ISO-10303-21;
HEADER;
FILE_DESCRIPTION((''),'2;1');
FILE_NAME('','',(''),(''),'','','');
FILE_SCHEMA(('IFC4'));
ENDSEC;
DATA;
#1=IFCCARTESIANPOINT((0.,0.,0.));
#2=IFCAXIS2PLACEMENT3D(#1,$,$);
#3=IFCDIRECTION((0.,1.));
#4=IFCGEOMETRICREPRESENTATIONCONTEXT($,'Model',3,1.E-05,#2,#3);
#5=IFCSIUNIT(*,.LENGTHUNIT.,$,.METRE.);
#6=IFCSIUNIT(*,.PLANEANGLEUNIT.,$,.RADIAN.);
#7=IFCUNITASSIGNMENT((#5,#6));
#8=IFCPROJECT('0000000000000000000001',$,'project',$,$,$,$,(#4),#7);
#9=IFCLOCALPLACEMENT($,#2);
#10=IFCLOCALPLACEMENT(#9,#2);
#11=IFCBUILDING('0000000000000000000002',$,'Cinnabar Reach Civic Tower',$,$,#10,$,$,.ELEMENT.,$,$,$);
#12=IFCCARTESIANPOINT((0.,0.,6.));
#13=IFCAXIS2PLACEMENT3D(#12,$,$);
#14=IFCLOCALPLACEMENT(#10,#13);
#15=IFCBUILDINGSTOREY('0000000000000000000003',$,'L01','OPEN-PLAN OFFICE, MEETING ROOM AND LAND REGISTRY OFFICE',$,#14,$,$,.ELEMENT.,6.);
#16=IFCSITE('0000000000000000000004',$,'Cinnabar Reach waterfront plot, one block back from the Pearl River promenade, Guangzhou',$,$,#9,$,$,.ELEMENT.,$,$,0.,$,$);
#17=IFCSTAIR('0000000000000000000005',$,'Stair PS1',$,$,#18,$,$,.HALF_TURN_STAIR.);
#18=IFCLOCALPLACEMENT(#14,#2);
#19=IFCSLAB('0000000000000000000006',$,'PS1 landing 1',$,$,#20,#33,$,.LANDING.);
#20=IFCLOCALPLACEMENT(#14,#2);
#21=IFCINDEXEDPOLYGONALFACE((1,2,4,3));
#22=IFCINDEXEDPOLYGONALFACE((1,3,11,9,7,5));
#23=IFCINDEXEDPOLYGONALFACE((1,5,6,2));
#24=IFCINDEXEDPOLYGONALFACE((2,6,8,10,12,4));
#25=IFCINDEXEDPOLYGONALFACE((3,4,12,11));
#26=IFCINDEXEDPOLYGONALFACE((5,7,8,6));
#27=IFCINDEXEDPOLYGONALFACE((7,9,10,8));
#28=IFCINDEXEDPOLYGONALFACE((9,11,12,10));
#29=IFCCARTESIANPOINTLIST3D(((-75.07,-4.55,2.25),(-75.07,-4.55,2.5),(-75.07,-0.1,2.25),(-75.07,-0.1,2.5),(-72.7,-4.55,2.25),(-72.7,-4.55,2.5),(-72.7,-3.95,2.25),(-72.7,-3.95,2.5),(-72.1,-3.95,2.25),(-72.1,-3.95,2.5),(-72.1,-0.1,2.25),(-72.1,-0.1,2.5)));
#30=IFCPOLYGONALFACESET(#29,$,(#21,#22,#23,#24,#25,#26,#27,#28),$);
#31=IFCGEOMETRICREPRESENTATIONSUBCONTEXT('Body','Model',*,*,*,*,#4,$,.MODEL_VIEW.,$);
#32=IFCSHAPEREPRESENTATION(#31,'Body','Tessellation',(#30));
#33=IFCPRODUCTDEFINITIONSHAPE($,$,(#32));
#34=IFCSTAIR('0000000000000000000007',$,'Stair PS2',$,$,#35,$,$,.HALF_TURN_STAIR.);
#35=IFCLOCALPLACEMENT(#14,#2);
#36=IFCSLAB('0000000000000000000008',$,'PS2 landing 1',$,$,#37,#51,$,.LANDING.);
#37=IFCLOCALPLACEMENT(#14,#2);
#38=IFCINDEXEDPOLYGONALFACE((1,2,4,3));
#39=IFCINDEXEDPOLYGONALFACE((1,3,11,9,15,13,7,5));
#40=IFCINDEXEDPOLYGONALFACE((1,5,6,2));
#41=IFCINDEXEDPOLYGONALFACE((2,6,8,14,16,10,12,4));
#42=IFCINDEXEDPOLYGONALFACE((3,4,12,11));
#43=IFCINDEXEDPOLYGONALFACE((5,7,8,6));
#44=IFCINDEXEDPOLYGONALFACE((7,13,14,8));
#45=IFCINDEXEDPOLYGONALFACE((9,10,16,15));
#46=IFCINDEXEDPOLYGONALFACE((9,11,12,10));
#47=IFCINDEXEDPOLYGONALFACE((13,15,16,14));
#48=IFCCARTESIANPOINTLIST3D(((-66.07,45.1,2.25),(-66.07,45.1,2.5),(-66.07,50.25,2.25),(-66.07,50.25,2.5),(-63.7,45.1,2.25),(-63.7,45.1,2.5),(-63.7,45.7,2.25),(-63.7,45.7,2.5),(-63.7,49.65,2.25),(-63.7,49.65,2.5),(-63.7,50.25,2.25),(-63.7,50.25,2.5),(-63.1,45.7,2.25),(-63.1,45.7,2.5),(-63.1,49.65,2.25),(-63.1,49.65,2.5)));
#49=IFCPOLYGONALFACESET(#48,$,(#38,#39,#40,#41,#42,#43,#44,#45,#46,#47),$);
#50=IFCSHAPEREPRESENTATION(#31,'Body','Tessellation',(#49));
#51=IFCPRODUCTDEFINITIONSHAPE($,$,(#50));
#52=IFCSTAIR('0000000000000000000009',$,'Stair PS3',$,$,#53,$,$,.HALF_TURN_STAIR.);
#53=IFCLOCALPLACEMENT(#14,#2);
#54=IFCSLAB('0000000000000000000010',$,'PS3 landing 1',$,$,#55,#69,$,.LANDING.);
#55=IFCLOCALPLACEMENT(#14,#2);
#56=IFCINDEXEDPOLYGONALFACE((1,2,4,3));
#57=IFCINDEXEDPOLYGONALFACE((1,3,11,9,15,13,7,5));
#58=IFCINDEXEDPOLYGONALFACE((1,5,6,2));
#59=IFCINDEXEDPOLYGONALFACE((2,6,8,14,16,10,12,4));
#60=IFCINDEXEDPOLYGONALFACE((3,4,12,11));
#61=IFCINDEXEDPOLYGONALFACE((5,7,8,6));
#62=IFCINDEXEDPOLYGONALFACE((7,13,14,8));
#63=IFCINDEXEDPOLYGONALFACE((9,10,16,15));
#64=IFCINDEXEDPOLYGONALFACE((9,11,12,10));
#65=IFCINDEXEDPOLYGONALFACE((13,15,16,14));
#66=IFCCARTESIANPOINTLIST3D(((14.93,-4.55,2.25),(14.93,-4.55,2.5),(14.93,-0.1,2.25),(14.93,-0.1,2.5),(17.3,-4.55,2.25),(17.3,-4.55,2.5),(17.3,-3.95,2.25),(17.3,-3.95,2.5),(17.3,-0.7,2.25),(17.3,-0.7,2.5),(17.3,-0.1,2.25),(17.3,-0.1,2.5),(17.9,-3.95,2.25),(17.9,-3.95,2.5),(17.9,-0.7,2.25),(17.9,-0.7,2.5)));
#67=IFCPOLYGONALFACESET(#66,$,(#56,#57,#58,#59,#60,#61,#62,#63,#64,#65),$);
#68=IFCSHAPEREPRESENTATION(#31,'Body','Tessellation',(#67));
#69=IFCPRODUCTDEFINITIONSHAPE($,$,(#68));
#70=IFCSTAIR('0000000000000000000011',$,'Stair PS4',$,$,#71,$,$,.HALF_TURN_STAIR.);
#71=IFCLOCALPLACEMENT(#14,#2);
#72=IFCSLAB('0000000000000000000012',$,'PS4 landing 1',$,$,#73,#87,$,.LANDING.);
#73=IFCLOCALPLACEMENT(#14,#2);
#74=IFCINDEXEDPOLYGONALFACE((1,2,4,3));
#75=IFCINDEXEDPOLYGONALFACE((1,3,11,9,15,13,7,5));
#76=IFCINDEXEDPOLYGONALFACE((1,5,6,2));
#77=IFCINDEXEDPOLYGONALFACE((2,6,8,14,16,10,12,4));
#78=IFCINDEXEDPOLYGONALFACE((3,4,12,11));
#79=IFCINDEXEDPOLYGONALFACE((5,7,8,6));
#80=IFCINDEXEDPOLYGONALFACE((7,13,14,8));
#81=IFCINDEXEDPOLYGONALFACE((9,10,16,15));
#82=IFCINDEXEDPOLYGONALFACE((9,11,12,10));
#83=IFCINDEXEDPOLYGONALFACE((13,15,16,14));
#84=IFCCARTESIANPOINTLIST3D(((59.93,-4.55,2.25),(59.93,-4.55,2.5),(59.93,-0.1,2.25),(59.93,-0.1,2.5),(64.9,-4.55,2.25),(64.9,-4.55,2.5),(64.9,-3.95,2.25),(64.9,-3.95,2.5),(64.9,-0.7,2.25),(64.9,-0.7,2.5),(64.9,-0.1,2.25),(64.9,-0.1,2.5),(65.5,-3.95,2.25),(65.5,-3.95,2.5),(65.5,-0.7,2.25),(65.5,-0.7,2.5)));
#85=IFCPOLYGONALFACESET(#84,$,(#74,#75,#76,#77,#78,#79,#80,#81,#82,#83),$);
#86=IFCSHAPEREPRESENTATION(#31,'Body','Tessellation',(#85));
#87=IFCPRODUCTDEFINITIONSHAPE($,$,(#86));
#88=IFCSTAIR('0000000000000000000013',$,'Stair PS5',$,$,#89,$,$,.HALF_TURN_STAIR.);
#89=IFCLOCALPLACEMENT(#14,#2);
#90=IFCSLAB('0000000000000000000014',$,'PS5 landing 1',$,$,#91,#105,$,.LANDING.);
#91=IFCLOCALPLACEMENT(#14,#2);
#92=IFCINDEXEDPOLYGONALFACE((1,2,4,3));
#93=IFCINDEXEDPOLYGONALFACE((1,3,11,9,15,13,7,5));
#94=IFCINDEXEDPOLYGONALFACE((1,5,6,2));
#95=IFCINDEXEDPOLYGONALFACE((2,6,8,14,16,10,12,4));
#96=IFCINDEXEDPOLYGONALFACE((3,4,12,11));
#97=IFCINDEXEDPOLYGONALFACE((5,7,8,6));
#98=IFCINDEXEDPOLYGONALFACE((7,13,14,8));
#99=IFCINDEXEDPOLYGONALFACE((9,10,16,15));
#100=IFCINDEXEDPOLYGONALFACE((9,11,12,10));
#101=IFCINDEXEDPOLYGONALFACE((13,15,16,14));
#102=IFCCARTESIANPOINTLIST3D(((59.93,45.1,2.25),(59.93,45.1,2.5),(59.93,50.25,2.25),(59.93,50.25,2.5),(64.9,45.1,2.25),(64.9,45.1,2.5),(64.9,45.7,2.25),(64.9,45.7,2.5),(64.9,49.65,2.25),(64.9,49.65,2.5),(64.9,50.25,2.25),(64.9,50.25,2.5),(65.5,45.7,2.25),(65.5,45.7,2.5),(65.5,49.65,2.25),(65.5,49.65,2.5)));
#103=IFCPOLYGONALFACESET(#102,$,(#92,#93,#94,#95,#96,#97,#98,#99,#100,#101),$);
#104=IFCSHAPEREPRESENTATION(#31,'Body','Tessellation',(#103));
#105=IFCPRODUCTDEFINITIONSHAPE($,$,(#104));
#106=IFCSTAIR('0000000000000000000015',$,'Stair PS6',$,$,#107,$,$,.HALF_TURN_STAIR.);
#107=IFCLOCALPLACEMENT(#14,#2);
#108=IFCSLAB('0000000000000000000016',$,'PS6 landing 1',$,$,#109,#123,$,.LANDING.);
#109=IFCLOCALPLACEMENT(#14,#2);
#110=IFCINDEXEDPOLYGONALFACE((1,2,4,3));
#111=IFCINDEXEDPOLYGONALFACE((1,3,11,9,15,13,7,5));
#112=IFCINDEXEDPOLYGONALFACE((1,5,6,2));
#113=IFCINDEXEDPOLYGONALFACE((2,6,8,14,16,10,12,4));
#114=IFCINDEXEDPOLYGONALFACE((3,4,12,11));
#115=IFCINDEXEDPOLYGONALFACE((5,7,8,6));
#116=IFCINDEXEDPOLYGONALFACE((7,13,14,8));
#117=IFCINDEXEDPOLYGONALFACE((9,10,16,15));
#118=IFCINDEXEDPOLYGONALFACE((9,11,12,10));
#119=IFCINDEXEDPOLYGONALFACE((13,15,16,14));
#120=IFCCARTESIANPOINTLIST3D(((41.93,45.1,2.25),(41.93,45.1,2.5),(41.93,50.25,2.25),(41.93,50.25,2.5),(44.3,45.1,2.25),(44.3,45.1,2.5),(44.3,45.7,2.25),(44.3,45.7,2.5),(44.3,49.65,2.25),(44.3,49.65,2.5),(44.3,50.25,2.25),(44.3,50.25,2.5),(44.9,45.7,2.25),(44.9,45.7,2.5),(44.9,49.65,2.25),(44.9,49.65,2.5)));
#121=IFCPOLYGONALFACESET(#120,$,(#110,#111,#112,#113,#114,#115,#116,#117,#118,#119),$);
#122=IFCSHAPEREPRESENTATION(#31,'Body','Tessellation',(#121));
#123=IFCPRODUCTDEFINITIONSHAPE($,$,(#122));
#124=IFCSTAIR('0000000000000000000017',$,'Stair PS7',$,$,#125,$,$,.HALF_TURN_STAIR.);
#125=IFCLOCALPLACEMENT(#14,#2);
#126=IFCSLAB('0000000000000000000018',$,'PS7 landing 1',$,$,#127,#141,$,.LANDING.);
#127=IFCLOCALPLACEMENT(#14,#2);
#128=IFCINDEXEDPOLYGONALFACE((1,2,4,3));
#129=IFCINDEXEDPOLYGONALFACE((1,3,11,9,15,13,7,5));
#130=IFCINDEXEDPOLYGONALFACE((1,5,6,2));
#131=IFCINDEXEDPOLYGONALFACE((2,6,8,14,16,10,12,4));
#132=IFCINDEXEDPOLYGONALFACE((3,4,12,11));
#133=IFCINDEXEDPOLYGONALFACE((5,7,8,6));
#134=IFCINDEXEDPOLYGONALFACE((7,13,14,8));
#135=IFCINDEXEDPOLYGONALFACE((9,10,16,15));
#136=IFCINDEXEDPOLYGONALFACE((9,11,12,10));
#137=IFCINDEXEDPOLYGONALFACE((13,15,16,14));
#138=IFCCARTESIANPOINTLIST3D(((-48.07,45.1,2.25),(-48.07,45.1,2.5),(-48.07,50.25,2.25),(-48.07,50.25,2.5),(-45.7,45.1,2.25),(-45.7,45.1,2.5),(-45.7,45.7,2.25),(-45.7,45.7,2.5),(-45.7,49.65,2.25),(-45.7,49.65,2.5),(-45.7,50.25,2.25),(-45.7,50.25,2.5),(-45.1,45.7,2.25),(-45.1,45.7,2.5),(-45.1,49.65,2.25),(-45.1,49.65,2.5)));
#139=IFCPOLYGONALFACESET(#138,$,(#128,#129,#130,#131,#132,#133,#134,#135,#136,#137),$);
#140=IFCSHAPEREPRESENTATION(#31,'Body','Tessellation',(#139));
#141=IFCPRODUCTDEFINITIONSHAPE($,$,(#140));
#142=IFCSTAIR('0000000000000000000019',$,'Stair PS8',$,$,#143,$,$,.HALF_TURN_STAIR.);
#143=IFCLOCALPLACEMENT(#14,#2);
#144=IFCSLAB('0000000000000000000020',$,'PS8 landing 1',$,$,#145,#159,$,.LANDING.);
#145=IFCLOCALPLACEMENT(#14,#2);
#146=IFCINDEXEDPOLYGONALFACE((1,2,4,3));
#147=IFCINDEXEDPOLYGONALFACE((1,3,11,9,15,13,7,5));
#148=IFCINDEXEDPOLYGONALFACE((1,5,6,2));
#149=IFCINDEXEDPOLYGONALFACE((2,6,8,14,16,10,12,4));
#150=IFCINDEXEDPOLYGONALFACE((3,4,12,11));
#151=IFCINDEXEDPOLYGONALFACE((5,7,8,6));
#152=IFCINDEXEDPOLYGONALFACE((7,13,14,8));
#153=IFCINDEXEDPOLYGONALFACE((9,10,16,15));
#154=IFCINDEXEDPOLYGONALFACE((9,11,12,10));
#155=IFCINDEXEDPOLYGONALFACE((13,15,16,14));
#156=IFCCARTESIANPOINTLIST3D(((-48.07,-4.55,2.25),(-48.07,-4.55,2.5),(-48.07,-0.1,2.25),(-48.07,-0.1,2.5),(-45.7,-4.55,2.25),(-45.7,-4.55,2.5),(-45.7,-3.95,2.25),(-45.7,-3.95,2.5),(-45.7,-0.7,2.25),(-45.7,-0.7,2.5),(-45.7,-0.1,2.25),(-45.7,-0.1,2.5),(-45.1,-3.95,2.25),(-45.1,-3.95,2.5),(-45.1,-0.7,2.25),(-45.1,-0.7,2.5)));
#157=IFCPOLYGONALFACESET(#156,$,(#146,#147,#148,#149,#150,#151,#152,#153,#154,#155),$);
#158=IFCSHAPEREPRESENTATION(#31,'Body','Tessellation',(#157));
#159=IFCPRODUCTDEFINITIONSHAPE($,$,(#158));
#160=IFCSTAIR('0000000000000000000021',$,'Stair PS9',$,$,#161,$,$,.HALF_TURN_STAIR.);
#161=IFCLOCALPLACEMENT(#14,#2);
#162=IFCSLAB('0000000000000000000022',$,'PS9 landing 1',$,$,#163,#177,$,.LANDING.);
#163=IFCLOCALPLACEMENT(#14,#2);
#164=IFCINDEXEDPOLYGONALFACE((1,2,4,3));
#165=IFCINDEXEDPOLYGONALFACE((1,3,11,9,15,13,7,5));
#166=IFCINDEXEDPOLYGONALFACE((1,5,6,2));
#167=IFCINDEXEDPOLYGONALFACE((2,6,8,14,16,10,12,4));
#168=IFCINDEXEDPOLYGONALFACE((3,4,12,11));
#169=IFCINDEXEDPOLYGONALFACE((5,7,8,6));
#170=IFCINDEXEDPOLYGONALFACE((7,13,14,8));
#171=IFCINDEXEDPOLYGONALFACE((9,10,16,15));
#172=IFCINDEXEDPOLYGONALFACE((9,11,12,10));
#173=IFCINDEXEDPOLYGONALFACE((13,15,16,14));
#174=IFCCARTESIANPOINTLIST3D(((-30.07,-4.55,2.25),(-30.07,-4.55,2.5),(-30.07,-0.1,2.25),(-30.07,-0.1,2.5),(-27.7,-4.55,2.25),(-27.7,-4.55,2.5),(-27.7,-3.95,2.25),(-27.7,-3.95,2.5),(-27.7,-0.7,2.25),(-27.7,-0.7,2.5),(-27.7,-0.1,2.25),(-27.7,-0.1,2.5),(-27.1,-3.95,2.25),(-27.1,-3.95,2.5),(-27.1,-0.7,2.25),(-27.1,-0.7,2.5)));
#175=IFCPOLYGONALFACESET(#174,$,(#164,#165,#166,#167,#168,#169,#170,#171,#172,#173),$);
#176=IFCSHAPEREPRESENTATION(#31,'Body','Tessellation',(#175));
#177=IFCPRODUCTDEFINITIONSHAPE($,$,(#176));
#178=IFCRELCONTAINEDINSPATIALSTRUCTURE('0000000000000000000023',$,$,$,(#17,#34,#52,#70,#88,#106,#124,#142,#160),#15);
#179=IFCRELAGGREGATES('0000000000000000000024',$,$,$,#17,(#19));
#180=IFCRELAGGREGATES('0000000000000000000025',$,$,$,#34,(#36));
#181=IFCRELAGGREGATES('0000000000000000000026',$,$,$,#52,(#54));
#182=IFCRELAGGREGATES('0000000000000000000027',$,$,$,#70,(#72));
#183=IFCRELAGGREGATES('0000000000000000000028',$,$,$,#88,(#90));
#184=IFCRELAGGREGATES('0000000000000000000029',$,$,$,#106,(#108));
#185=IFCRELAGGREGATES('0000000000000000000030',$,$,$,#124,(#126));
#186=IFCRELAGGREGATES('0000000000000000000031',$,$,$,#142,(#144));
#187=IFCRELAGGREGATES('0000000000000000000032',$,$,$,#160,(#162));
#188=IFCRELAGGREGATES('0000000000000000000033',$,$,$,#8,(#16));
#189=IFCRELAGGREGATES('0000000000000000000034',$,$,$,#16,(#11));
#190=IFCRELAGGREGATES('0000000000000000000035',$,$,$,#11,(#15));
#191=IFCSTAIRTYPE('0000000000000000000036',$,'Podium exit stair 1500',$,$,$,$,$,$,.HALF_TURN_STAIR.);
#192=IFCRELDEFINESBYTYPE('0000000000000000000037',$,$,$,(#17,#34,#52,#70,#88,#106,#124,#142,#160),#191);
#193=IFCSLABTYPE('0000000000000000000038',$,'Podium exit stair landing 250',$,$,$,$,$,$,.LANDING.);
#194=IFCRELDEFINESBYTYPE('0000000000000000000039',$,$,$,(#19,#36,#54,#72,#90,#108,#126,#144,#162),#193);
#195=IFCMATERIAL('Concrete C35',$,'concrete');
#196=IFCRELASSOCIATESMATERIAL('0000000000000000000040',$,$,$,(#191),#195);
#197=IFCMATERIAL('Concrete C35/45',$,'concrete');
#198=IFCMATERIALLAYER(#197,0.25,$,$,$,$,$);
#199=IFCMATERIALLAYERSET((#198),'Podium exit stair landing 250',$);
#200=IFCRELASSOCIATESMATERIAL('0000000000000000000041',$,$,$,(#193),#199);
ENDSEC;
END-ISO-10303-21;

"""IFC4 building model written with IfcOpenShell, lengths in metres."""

from ifc_helpers import new_model, si_unit, direction, frame, origin, place, context, subcontext, project, spatial, polyline, outline, extrude, material, layer, layer_set, type_object, element, aggregate, save


model = new_model("IFC4")

# Units and contexts
model_context = context("Model", 3, precision=1e-05, world=origin(), true_north=direction((0.0, 1.0)))
body_context = subcontext(model_context, "Body", "Model", "MODEL_VIEW")
ifc_project = project(units=[si_unit("LENGTHUNIT", "METRE"), si_unit("PLANEANGLEUNIT", "RADIAN")], contexts=[model_context])

# Site, building, storey
site_placement = place(None, origin())
site = spatial("IfcSite", under=ifc_project, at=site_placement, Name="Cinnabar Reach waterfront plot, one block back from the Pearl River promenade, Guangzhou", CompositionType="ELEMENT", RefElevation=0.0)
building_placement = place(site_placement, origin())
building = spatial("IfcBuilding", under=site, at=building_placement, Name="Cinnabar Reach Civic Tower", CompositionType="ELEMENT")
storey_placement = place(building_placement, frame((0.0, 0.0, 6.0)))
storey = spatial("IfcBuildingStorey", under=building, at=storey_placement, Name="L01", Description="OPEN-PLAN OFFICE, MEETING ROOM AND LAND REGISTRY OFFICE", CompositionType="ELEMENT", Elevation=6.0)

# Stairs, slabs
ifc_material_1 = material(Name="Concrete C35", Category="concrete")
stair_type = type_object("IfcStairType", Name="Podium exit stair 1500", PredefinedType="HALF_TURN_STAIR", material=ifc_material_1)
stair_1_placement = place(storey_placement, origin())
stair_1 = element("IfcStair", 1, at=stair_1_placement, inside=storey, type_object=stair_type, Name="Stair PS1", PredefinedType="HALF_TURN_STAIR")
ifc_material_2 = material(Name="Concrete C35/45", Category="concrete")
ifc_layer_1 = layer(ifc_material_2, 0.25)
ifc_layer_set_1 = layer_set([ifc_layer_1], Name="Podium exit stair landing 250")
slab_type_1 = type_object("IfcSlabType", Name="Podium exit stair landing 250", PredefinedType="LANDING", material=ifc_layer_set_1)
slab_1_placement = place(storey_placement, frame((0.0, 0.0, 2.25)))
slab_1 = element("IfcSlab", 2, at=slab_1_placement, type_object=slab_type_1, Name="PS1 landing 1", PredefinedType="LANDING", context=body_context, shape_type="SweptSolid", body=[
    extrude(outline(polyline([(-75.07, -4.55), (-75.07, -0.1), (-72.1, -0.1), (-72.1, -3.95), (-72.7, -3.95), (-72.7, -4.55), (-75.07, -4.55)])), origin(), (0.0, 0.0, 1.0), 0.25),
])
aggregate(stair_1, [slab_1])
stair_2_placement = place(storey_placement, origin())
stair_2 = element("IfcStair", 3, at=stair_2_placement, inside=storey, type_object=stair_type, Name="Stair PS2", PredefinedType="HALF_TURN_STAIR")
slab_2_placement = place(storey_placement, frame((0.0, 0.0, 2.25)))
slab_2 = element("IfcSlab", 4, at=slab_2_placement, type_object=slab_type_1, Name="PS2 landing 1", PredefinedType="LANDING", context=body_context, shape_type="SweptSolid", body=[
    extrude(outline(polyline([(-63.1, 45.7), (-63.7, 45.7), (-63.7, 45.1), (-66.07, 45.1), (-66.07, 50.25), (-63.7, 50.25), (-63.7, 49.65), (-63.1, 49.65), (-63.1, 45.7)])), origin(), (0.0, 0.0, 1.0), 0.25),
])
aggregate(stair_2, [slab_2])
stair_3_placement = place(storey_placement, origin())
stair_3 = element("IfcStair", 5, at=stair_3_placement, inside=storey, type_object=stair_type, Name="Stair PS3", PredefinedType="HALF_TURN_STAIR")
slab_3_placement = place(storey_placement, frame((0.0, 0.0, 2.25)))
slab_3 = element("IfcSlab", 6, at=slab_3_placement, type_object=slab_type_1, Name="PS3 landing 1", PredefinedType="LANDING", context=body_context, shape_type="SweptSolid", body=[
    extrude(outline(polyline([(17.9, -3.95), (17.3, -3.95), (17.3, -4.55), (14.93, -4.55), (14.93, -0.1), (17.3, -0.1), (17.3, -0.7), (17.9, -0.7), (17.9, -3.95)])), origin(), (0.0, 0.0, 1.0), 0.25),
])
aggregate(stair_3, [slab_3])
stair_4_placement = place(storey_placement, origin())
stair_4 = element("IfcStair", 7, at=stair_4_placement, inside=storey, type_object=stair_type, Name="Stair PS4", PredefinedType="HALF_TURN_STAIR")
slab_4_placement = place(storey_placement, frame((0.0, 0.0, 2.25)))
slab_4 = element("IfcSlab", 8, at=slab_4_placement, type_object=slab_type_1, Name="PS4 landing 1", PredefinedType="LANDING", context=body_context, shape_type="SweptSolid", body=[
    extrude(outline(polyline([(65.5, -3.95), (64.9, -3.95), (64.9, -4.55), (59.93, -4.55), (59.93, -0.1), (64.9, -0.1), (64.9, -0.7), (65.5, -0.7), (65.5, -3.95)])), origin(), (0.0, 0.0, 1.0), 0.25),
])
aggregate(stair_4, [slab_4])
stair_5_placement = place(storey_placement, origin())
stair_5 = element("IfcStair", 9, at=stair_5_placement, inside=storey, type_object=stair_type, Name="Stair PS5", PredefinedType="HALF_TURN_STAIR")
slab_5_placement = place(storey_placement, frame((0.0, 0.0, 2.25)))
slab_5 = element("IfcSlab", 10, at=slab_5_placement, type_object=slab_type_1, Name="PS5 landing 1", PredefinedType="LANDING", context=body_context, shape_type="SweptSolid", body=[
    extrude(outline(polyline([(65.5, 45.7), (64.9, 45.7), (64.9, 45.1), (59.93, 45.1), (59.93, 50.25), (64.9, 50.25), (64.9, 49.65), (65.5, 49.65), (65.5, 45.7)])), origin(), (0.0, 0.0, 1.0), 0.25),
])
aggregate(stair_5, [slab_5])
stair_6_placement = place(storey_placement, origin())
stair_6 = element("IfcStair", 11, at=stair_6_placement, inside=storey, type_object=stair_type, Name="Stair PS6", PredefinedType="HALF_TURN_STAIR")
slab_6_placement = place(storey_placement, frame((0.0, 0.0, 2.25)))
slab_6 = element("IfcSlab", 12, at=slab_6_placement, type_object=slab_type_1, Name="PS6 landing 1", PredefinedType="LANDING", context=body_context, shape_type="SweptSolid", body=[
    extrude(outline(polyline([(44.9, 45.7), (44.3, 45.7), (44.3, 45.1), (41.93, 45.1), (41.93, 50.25), (44.3, 50.25), (44.3, 49.65), (44.9, 49.65), (44.9, 45.7)])), origin(), (0.0, 0.0, 1.0), 0.25),
])
aggregate(stair_6, [slab_6])
stair_7_placement = place(storey_placement, origin())
stair_7 = element("IfcStair", 13, at=stair_7_placement, inside=storey, type_object=stair_type, Name="Stair PS7", PredefinedType="HALF_TURN_STAIR")
slab_7_placement = place(storey_placement, frame((0.0, 0.0, 2.25)))
slab_7 = element("IfcSlab", 14, at=slab_7_placement, type_object=slab_type_1, Name="PS7 landing 1", PredefinedType="LANDING", context=body_context, shape_type="SweptSolid", body=[
    extrude(outline(polyline([(-45.1, 45.7), (-45.7, 45.7), (-45.7, 45.1), (-48.07, 45.1), (-48.07, 50.25), (-45.7, 50.25), (-45.7, 49.65), (-45.1, 49.65), (-45.1, 45.7)])), origin(), (0.0, 0.0, 1.0), 0.25),
])
aggregate(stair_7, [slab_7])
stair_8_placement = place(storey_placement, origin())
stair_8 = element("IfcStair", 15, at=stair_8_placement, inside=storey, type_object=stair_type, Name="Stair PS8", PredefinedType="HALF_TURN_STAIR")
slab_8_placement = place(storey_placement, frame((0.0, 0.0, 2.25)))
slab_8 = element("IfcSlab", 16, at=slab_8_placement, type_object=slab_type_1, Name="PS8 landing 1", PredefinedType="LANDING", context=body_context, shape_type="SweptSolid", body=[
    extrude(outline(polyline([(-45.1, -3.95), (-45.7, -3.95), (-45.7, -4.55), (-48.07, -4.55), (-48.07, -0.1), (-45.7, -0.1), (-45.7, -0.7), (-45.1, -0.7), (-45.1, -3.95)])), origin(), (0.0, 0.0, 1.0), 0.25),
])
aggregate(stair_8, [slab_8])
stair_9_placement = place(storey_placement, origin())
stair_9 = element("IfcStair", 17, at=stair_9_placement, inside=storey, type_object=stair_type, Name="Stair PS9", PredefinedType="HALF_TURN_STAIR")
slab_9_placement = place(storey_placement, frame((0.0, 0.0, 2.25)))
slab_9 = element("IfcSlab", 18, at=slab_9_placement, type_object=slab_type_1, Name="PS9 landing 1", PredefinedType="LANDING", context=body_context, shape_type="SweptSolid", body=[
    extrude(outline(polyline([(-27.1, -3.95), (-27.7, -3.95), (-27.7, -4.55), (-30.07, -4.55), (-30.07, -0.1), (-27.7, -0.1), (-27.7, -0.7), (-27.1, -0.7), (-27.1, -3.95)])), origin(), (0.0, 0.0, 1.0), 0.25),
])
aggregate(stair_9, [slab_9])

save(model, "model.ifc")
